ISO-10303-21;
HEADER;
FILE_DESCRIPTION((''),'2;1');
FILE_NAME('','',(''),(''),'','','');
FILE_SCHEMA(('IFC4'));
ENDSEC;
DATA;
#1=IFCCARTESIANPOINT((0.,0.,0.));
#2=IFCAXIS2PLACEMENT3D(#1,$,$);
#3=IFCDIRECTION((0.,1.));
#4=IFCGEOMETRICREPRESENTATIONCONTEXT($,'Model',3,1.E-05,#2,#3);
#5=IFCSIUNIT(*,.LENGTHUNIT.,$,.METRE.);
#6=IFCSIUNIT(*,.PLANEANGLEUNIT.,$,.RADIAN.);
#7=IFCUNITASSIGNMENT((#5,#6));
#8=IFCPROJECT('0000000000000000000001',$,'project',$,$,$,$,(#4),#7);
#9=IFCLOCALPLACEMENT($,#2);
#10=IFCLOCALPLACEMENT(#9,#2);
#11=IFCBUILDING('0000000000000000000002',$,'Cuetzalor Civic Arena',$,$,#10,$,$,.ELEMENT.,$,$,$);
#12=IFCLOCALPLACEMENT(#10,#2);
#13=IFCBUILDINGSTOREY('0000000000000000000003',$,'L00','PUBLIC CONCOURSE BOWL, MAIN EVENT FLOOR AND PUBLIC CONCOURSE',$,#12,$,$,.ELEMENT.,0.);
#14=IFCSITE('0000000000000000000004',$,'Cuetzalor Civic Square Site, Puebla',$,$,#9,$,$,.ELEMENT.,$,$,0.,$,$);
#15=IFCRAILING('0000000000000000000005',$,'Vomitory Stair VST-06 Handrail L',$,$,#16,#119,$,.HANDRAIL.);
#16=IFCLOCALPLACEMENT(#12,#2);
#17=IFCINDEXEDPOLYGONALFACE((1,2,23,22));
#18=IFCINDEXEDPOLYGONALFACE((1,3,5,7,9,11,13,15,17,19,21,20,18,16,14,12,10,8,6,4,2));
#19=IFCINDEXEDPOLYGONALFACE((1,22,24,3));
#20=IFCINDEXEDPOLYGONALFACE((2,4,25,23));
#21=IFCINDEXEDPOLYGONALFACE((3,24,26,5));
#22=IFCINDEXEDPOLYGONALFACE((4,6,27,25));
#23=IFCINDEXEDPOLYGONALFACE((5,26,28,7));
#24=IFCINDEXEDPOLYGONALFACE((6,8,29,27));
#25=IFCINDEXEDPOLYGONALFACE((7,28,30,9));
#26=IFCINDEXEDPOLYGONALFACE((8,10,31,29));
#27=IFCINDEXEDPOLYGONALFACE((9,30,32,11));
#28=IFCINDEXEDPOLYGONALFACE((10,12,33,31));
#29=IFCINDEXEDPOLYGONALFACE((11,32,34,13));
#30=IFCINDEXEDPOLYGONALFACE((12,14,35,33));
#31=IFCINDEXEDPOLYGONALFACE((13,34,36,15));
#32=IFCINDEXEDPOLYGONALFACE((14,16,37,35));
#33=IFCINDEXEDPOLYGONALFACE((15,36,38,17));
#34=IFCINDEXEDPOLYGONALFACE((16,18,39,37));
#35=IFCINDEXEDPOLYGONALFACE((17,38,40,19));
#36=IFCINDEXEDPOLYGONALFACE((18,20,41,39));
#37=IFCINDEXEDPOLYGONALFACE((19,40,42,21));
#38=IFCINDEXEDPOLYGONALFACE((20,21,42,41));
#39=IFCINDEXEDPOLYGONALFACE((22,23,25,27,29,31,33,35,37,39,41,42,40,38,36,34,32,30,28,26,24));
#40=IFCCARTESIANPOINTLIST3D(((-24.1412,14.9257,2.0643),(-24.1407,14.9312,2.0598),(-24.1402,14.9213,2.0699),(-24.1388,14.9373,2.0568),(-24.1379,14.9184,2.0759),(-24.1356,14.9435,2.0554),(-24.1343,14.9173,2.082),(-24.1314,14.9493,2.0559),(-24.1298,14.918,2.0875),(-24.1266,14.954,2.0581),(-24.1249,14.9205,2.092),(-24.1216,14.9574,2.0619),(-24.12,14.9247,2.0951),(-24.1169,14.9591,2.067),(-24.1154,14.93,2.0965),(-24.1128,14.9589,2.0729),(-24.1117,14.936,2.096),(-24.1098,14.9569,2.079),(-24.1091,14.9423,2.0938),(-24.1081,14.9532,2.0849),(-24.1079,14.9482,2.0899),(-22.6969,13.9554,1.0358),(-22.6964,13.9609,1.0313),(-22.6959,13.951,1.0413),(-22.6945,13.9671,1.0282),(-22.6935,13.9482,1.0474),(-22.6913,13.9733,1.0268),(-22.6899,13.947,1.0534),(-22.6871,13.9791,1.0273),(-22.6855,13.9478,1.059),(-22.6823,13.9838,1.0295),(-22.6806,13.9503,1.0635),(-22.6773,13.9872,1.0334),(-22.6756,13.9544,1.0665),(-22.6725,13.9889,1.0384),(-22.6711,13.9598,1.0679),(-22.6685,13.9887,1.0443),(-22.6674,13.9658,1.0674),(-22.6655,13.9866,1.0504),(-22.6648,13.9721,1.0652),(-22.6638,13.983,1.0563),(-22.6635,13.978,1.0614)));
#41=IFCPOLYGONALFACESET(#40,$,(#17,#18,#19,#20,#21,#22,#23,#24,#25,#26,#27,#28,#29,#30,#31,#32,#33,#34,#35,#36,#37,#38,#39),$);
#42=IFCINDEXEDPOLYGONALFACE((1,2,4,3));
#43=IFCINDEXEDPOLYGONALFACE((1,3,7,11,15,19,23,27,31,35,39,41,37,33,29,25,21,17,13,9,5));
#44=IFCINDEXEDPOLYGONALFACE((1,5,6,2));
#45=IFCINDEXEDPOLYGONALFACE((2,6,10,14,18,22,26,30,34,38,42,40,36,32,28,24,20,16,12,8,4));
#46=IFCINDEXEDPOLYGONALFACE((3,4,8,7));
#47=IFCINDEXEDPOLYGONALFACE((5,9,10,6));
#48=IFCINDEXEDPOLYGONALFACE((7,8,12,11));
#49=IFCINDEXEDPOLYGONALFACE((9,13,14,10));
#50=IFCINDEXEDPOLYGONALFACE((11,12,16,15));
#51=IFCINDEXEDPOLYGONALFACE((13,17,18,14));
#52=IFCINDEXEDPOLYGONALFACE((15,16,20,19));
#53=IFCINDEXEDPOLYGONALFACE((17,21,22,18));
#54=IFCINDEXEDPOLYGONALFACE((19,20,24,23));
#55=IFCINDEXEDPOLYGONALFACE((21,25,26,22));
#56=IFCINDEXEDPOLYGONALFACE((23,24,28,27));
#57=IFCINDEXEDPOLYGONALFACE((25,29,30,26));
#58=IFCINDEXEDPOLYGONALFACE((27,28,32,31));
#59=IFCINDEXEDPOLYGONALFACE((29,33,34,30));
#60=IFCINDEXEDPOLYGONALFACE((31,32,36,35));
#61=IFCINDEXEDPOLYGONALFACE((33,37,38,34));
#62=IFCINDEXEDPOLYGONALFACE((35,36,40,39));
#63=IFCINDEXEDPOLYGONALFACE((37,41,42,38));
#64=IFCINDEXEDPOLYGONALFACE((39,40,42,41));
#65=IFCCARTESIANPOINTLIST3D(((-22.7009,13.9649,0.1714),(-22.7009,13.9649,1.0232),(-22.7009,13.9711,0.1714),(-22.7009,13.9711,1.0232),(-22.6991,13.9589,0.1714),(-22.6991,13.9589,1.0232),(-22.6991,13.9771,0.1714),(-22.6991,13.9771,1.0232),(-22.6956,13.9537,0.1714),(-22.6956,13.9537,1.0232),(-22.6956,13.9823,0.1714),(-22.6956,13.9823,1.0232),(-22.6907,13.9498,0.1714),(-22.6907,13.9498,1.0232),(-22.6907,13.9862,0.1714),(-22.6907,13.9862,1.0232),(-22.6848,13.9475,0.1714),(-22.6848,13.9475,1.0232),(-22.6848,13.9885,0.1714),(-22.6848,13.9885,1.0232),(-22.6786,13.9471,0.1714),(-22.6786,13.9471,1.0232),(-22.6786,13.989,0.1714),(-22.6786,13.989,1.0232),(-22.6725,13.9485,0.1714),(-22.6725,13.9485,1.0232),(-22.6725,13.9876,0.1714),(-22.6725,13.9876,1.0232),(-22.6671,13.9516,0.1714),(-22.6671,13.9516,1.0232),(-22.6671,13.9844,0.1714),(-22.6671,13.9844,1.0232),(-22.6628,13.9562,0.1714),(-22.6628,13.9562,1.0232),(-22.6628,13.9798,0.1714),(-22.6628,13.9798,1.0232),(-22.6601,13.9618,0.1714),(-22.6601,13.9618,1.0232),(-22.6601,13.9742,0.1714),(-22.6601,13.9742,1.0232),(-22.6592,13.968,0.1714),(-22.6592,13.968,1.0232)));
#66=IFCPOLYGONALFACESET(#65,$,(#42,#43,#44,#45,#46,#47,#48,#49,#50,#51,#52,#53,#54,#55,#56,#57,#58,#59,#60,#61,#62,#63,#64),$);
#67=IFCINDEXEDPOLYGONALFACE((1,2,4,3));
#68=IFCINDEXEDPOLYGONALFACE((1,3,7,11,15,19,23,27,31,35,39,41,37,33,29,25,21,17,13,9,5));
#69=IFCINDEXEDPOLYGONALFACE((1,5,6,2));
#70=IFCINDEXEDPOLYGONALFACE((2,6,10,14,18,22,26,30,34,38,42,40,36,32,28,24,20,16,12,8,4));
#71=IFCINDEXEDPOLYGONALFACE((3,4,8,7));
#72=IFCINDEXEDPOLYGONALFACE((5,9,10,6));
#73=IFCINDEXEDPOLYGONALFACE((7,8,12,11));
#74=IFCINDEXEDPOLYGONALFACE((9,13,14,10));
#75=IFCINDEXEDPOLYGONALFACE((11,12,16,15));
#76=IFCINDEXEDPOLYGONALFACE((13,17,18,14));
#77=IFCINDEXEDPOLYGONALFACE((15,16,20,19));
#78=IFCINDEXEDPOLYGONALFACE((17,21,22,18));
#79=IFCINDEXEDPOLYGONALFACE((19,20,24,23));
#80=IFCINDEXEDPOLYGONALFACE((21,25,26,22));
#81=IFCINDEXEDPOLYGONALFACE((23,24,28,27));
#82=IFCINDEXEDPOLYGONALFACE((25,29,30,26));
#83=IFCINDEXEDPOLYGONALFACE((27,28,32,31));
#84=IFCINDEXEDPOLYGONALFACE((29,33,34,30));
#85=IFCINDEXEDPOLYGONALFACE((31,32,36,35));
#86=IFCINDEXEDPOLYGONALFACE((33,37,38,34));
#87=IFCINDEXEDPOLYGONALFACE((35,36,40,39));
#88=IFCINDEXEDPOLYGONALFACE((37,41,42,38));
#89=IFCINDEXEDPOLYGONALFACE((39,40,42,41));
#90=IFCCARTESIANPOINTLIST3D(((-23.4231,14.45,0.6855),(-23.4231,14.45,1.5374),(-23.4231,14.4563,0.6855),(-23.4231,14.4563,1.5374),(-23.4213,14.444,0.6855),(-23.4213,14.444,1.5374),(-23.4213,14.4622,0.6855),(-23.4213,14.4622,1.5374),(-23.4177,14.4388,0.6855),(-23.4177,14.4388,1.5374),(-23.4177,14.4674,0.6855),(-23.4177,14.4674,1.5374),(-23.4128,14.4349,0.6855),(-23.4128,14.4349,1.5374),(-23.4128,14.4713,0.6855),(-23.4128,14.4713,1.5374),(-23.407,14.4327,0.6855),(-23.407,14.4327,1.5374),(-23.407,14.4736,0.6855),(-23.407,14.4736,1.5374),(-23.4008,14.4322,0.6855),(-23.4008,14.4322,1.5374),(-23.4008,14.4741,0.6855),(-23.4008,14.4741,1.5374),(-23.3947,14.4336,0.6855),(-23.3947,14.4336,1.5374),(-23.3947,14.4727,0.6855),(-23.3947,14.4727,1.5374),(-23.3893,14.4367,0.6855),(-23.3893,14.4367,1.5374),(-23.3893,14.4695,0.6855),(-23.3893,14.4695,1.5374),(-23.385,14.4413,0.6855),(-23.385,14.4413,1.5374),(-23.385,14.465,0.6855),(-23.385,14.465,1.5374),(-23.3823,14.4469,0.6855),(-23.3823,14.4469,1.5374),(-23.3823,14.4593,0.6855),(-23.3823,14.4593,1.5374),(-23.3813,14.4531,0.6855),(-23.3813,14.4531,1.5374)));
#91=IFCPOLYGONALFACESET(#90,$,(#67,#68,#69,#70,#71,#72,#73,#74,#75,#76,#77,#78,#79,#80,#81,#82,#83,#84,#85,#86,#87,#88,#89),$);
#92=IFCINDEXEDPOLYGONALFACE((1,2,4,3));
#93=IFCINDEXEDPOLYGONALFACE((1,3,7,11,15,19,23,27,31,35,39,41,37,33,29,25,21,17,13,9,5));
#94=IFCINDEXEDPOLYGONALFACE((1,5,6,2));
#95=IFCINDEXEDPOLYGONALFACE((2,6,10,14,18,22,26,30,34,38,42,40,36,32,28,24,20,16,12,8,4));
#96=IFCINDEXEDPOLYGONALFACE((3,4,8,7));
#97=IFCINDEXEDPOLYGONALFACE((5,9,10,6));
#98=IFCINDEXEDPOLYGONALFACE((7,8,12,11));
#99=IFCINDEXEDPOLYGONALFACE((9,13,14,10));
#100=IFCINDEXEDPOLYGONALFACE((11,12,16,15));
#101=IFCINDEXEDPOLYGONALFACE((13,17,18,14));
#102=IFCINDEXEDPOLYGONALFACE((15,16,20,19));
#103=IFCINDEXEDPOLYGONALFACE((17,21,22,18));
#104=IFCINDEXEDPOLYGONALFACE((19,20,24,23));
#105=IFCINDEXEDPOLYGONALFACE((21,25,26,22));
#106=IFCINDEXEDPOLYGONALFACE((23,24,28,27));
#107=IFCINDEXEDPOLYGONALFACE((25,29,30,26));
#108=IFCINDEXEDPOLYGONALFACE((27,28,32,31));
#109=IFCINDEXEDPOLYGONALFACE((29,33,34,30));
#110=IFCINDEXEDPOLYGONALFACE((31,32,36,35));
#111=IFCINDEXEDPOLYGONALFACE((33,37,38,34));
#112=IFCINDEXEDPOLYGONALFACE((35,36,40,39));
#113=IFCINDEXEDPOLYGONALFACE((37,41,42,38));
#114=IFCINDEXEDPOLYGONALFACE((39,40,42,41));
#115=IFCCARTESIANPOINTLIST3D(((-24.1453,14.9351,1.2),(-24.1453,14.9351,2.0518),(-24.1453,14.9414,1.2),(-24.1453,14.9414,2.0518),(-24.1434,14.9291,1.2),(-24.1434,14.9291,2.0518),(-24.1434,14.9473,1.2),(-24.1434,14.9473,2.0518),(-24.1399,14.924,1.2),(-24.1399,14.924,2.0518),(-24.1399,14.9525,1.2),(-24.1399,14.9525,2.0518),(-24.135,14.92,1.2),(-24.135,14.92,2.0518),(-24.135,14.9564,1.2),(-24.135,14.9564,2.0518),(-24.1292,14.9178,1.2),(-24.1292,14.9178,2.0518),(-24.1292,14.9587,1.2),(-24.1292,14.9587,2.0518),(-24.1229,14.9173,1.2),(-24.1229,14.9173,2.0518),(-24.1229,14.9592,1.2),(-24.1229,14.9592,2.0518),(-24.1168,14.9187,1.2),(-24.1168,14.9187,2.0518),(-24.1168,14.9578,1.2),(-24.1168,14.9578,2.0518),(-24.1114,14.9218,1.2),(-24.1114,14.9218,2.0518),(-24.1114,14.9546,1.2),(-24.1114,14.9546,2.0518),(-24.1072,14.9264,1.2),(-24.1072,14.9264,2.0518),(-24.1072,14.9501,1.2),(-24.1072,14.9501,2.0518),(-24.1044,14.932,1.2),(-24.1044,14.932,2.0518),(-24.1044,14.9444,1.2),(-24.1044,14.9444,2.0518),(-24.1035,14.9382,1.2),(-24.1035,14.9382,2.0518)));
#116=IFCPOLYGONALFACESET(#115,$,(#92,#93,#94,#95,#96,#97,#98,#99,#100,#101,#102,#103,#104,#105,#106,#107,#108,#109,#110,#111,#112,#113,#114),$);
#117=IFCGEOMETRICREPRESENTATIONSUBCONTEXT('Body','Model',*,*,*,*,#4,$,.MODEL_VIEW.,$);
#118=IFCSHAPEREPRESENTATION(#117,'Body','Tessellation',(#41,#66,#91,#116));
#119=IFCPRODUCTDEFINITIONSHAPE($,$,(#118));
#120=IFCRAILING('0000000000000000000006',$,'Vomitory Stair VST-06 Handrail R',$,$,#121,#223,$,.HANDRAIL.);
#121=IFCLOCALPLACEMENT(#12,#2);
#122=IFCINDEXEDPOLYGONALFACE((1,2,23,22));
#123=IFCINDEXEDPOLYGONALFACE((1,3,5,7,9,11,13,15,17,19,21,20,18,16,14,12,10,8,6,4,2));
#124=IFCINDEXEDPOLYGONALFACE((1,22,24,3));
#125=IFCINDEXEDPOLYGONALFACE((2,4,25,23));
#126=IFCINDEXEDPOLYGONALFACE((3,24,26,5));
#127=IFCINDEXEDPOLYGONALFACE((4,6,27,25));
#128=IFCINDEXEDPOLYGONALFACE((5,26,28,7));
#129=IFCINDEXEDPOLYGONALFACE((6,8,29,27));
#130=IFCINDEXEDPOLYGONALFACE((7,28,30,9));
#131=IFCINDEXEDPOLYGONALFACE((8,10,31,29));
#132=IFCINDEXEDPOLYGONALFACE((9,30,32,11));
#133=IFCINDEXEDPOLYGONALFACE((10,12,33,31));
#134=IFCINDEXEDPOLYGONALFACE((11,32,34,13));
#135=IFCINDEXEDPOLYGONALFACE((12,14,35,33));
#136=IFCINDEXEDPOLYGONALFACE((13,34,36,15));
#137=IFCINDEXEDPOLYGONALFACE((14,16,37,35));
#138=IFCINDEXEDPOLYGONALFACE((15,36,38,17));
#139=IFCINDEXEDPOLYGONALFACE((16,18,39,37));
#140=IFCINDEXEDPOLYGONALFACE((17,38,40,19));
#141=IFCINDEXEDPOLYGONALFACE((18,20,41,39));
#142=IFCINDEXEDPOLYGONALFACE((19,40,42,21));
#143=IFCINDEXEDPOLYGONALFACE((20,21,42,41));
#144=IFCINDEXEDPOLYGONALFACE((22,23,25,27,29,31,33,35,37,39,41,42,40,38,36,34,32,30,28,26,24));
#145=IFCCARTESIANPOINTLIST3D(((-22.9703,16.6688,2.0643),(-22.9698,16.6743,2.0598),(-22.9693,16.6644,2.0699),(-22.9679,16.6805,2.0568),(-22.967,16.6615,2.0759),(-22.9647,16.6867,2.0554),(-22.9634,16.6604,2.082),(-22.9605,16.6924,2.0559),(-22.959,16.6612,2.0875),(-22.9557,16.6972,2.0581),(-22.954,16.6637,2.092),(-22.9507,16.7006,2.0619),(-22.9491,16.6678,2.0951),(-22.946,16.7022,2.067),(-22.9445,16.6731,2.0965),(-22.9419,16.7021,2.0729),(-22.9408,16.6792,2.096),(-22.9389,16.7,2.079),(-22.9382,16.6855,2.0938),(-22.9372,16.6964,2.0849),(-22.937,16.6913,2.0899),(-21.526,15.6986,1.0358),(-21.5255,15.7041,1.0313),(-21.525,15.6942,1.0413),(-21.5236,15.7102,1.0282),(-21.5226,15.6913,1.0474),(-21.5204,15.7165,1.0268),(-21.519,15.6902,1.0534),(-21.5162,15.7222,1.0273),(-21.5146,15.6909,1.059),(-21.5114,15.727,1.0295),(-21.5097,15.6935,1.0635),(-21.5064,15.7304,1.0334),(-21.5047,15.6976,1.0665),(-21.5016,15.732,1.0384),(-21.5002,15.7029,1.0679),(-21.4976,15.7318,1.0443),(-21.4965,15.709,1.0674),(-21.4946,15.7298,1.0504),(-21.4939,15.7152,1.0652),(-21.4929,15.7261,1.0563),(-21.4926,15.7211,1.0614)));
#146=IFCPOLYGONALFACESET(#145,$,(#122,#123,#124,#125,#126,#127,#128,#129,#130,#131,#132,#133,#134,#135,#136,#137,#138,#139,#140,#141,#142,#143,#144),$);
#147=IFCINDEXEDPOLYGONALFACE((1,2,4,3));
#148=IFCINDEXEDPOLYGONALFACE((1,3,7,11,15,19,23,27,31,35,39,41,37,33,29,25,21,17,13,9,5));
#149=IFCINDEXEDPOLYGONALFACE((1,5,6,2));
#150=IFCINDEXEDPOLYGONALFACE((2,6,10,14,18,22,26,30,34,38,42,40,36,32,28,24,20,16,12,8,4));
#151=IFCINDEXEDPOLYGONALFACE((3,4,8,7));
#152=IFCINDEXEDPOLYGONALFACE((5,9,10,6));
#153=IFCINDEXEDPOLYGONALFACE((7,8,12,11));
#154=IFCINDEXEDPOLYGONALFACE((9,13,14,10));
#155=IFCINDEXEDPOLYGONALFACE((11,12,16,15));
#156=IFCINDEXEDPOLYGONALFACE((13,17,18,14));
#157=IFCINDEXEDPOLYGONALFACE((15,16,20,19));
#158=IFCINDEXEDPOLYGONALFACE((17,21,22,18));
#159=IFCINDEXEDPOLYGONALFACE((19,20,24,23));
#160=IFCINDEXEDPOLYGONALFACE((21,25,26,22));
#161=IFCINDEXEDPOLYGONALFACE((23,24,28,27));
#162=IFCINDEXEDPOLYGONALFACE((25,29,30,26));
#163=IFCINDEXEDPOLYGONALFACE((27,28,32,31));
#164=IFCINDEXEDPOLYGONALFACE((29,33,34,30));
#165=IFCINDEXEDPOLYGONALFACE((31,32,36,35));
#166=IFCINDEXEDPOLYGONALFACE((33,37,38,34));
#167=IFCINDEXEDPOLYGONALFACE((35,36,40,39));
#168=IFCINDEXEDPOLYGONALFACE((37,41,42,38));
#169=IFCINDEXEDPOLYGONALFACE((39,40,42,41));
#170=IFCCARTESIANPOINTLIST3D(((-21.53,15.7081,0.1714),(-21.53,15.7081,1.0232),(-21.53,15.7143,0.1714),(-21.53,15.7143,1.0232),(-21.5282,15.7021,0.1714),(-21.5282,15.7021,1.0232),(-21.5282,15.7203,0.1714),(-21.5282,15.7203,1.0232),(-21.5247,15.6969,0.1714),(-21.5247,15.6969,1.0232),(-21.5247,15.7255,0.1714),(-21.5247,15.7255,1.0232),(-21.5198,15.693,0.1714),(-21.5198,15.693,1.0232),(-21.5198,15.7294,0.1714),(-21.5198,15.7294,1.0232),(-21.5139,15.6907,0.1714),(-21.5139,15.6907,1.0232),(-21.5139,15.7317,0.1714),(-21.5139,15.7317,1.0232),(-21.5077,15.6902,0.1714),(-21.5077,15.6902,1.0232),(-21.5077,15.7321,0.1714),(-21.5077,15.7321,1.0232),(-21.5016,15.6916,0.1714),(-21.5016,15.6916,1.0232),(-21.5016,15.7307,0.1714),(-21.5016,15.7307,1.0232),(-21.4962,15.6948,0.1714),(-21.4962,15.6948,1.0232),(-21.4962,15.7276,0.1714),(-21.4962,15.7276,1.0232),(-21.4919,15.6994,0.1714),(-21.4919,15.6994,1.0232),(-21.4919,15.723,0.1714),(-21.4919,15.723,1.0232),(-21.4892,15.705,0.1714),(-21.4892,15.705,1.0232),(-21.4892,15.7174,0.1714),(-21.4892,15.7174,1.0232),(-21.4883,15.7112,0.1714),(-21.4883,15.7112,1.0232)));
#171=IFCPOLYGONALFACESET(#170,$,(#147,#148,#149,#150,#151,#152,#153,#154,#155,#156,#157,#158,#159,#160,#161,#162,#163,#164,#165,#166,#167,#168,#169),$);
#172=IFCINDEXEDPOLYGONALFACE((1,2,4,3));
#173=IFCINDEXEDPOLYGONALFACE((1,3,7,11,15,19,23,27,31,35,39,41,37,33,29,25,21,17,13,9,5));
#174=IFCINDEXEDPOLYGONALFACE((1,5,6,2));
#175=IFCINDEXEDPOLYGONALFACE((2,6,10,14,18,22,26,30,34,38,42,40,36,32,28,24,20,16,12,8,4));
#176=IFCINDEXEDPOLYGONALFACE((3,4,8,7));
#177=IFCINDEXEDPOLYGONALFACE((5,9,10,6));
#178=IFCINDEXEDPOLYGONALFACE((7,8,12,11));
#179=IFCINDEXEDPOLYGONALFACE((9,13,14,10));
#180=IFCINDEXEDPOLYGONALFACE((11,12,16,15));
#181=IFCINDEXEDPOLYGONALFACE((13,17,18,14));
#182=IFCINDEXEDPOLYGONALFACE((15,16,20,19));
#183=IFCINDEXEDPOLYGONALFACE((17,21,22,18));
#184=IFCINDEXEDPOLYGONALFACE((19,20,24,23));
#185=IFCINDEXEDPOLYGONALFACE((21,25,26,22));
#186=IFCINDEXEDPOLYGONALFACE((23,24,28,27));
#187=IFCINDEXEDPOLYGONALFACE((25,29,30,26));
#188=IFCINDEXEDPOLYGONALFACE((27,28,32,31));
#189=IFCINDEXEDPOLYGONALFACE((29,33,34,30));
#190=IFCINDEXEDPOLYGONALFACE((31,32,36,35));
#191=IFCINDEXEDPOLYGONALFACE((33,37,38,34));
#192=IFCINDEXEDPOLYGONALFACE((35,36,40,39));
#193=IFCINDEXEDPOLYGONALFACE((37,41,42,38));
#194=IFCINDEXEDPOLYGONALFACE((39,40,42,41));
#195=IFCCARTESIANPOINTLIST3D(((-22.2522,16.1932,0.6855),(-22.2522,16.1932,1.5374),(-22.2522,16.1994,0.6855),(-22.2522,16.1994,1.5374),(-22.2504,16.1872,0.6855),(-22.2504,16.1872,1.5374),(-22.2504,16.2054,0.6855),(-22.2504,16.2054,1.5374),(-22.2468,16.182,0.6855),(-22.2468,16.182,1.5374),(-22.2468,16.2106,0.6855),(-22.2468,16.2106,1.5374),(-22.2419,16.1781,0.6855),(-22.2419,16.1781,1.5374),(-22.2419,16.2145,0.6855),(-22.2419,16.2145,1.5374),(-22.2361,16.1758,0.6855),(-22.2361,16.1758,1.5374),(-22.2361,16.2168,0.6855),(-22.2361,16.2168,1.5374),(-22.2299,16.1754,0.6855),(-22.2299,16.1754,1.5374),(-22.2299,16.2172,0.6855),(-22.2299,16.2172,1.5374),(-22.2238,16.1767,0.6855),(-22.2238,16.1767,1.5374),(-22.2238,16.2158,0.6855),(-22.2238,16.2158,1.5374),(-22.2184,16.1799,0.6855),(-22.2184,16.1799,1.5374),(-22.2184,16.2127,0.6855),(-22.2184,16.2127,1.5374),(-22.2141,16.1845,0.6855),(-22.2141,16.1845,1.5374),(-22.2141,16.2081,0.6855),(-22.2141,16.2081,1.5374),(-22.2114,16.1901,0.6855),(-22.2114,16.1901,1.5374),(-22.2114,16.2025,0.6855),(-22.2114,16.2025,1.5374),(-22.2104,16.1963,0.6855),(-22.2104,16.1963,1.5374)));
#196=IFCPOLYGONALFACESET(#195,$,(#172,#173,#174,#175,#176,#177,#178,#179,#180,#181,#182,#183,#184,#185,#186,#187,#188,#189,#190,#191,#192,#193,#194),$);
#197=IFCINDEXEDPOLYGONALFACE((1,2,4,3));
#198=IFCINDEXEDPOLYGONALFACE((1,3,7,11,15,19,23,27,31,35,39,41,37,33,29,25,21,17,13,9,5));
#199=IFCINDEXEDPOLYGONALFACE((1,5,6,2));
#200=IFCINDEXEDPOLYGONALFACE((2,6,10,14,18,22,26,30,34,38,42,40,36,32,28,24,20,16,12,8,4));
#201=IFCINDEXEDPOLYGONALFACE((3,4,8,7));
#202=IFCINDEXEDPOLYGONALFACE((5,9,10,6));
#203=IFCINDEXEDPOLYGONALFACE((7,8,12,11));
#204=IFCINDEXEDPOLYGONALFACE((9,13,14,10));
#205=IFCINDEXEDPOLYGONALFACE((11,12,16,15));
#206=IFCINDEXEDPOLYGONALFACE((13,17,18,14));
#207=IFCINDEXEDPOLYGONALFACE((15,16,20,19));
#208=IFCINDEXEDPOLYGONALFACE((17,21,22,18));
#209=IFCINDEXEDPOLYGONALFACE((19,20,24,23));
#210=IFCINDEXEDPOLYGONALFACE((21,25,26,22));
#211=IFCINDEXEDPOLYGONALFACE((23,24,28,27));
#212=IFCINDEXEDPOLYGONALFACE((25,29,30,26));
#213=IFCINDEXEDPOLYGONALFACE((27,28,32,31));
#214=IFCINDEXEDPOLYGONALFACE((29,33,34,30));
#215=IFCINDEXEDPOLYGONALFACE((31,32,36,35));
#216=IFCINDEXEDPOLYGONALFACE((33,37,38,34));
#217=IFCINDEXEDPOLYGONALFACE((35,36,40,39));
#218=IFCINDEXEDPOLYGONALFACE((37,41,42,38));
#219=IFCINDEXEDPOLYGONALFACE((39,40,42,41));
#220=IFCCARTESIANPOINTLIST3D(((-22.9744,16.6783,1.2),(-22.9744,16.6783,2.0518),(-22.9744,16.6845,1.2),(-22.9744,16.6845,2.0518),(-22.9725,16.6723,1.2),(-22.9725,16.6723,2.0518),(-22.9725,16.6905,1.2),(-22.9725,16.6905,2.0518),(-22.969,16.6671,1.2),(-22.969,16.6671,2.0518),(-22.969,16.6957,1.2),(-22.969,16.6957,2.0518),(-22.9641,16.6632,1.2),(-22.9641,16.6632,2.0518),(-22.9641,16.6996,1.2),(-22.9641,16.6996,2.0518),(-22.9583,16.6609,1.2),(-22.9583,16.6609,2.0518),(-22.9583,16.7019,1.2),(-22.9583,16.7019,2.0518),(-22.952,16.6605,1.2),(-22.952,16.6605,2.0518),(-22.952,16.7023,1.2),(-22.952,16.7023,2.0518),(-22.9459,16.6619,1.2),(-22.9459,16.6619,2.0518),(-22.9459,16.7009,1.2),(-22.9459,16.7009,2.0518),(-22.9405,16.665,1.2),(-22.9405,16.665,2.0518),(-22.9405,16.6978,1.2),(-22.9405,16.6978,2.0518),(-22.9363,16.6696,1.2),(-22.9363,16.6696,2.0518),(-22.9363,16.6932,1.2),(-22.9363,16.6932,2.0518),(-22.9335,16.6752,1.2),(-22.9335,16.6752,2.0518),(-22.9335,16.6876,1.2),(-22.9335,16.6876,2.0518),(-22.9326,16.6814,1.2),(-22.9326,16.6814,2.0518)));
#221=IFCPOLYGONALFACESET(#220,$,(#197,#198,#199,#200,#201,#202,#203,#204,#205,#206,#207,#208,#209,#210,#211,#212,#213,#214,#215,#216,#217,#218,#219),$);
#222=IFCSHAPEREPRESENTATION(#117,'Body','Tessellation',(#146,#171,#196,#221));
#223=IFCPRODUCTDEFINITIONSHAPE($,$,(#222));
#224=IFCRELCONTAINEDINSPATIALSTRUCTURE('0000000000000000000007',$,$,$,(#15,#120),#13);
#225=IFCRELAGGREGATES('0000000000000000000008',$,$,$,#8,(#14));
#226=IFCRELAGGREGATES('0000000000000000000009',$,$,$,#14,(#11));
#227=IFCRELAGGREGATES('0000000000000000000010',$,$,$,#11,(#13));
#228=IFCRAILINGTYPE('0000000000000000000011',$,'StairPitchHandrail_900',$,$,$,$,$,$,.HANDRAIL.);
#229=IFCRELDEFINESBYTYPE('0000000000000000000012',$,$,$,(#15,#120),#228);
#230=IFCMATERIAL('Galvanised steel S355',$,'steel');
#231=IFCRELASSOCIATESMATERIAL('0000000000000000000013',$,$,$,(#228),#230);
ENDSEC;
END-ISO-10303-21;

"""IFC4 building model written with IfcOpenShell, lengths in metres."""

from ifc_helpers import new_model, si_unit, direction, frame, origin, origin_2d, place, context, subcontext, project, spatial, circle, extrude, material, type_object, element, save


model = new_model("IFC4")

# Units and contexts
model_context = context("Model", 3, precision=1e-05, world=origin(), true_north=direction((0.0, 1.0)))
body_context = subcontext(model_context, "Body", "Model", "MODEL_VIEW")
ifc_project = project(units=[si_unit("LENGTHUNIT", "METRE"), si_unit("PLANEANGLEUNIT", "RADIAN")], contexts=[model_context])

# Site, building, storey
site_placement = place(None, origin())
site = spatial("IfcSite", under=ifc_project, at=site_placement, Name="Cuetzalor Civic Square Site, Puebla", CompositionType="ELEMENT", RefElevation=0.0)
building_placement = place(site_placement, origin())
building = spatial("IfcBuilding", under=site, at=building_placement, Name="Cuetzalor Civic Arena", CompositionType="ELEMENT")
storey_placement = place(building_placement, origin())
storey = spatial("IfcBuildingStorey", under=building, at=storey_placement, Name="L00", Description="PUBLIC CONCOURSE BOWL, MAIN EVENT FLOOR AND PUBLIC CONCOURSE", CompositionType="ELEMENT", Elevation=0.0)

# Railings
ifc_material_1 = material(Name="Galvanised steel S355", Category="steel")
railing_type_1 = type_object("IfcRailingType", Name="StairPitchHandrail_900", PredefinedType="HANDRAIL", material=ifc_material_1)
for number, where, name in (
    (1, (-22.6802, 13.968, 0.1714), "Vomitory Stair VST-06 Handrail L"),
    (2, (-21.5093, 15.7112, 0.1714), "Vomitory Stair VST-06 Handrail R"),
):
    element("IfcRailing", number, at=place(storey_placement, frame(where)), inside=storey, type_object=railing_type_1, Name=name, PredefinedType="HANDRAIL", context=body_context, shape_type="SweptSolid", body=[
        extrude(circle(Radius=0.0239, at=origin_2d()), frame((0.0, 0.0, 0.876), z_axis=(-0.714583, 0.480012, 0.508881), x_axis=(-0.557611, -0.830102, 0.0)), (0.0, 0.0, 1.0), 2.0212),
        extrude(circle(Radius=0.021, at=origin_2d()), origin(), (0.0, 0.0, 1.0), 0.8518),
        extrude(circle(Radius=0.021, at=origin_2d()), frame((-0.7222, 0.4851, 0.5142)), (0.0, 0.0, 1.0), 0.8518),
        extrude(circle(Radius=0.021, at=origin_2d()), frame((-1.4443, 0.9702, 1.0286)), (0.0, 0.0, 1.0), 0.8518),
    ])

save(model, "model.ifc")
